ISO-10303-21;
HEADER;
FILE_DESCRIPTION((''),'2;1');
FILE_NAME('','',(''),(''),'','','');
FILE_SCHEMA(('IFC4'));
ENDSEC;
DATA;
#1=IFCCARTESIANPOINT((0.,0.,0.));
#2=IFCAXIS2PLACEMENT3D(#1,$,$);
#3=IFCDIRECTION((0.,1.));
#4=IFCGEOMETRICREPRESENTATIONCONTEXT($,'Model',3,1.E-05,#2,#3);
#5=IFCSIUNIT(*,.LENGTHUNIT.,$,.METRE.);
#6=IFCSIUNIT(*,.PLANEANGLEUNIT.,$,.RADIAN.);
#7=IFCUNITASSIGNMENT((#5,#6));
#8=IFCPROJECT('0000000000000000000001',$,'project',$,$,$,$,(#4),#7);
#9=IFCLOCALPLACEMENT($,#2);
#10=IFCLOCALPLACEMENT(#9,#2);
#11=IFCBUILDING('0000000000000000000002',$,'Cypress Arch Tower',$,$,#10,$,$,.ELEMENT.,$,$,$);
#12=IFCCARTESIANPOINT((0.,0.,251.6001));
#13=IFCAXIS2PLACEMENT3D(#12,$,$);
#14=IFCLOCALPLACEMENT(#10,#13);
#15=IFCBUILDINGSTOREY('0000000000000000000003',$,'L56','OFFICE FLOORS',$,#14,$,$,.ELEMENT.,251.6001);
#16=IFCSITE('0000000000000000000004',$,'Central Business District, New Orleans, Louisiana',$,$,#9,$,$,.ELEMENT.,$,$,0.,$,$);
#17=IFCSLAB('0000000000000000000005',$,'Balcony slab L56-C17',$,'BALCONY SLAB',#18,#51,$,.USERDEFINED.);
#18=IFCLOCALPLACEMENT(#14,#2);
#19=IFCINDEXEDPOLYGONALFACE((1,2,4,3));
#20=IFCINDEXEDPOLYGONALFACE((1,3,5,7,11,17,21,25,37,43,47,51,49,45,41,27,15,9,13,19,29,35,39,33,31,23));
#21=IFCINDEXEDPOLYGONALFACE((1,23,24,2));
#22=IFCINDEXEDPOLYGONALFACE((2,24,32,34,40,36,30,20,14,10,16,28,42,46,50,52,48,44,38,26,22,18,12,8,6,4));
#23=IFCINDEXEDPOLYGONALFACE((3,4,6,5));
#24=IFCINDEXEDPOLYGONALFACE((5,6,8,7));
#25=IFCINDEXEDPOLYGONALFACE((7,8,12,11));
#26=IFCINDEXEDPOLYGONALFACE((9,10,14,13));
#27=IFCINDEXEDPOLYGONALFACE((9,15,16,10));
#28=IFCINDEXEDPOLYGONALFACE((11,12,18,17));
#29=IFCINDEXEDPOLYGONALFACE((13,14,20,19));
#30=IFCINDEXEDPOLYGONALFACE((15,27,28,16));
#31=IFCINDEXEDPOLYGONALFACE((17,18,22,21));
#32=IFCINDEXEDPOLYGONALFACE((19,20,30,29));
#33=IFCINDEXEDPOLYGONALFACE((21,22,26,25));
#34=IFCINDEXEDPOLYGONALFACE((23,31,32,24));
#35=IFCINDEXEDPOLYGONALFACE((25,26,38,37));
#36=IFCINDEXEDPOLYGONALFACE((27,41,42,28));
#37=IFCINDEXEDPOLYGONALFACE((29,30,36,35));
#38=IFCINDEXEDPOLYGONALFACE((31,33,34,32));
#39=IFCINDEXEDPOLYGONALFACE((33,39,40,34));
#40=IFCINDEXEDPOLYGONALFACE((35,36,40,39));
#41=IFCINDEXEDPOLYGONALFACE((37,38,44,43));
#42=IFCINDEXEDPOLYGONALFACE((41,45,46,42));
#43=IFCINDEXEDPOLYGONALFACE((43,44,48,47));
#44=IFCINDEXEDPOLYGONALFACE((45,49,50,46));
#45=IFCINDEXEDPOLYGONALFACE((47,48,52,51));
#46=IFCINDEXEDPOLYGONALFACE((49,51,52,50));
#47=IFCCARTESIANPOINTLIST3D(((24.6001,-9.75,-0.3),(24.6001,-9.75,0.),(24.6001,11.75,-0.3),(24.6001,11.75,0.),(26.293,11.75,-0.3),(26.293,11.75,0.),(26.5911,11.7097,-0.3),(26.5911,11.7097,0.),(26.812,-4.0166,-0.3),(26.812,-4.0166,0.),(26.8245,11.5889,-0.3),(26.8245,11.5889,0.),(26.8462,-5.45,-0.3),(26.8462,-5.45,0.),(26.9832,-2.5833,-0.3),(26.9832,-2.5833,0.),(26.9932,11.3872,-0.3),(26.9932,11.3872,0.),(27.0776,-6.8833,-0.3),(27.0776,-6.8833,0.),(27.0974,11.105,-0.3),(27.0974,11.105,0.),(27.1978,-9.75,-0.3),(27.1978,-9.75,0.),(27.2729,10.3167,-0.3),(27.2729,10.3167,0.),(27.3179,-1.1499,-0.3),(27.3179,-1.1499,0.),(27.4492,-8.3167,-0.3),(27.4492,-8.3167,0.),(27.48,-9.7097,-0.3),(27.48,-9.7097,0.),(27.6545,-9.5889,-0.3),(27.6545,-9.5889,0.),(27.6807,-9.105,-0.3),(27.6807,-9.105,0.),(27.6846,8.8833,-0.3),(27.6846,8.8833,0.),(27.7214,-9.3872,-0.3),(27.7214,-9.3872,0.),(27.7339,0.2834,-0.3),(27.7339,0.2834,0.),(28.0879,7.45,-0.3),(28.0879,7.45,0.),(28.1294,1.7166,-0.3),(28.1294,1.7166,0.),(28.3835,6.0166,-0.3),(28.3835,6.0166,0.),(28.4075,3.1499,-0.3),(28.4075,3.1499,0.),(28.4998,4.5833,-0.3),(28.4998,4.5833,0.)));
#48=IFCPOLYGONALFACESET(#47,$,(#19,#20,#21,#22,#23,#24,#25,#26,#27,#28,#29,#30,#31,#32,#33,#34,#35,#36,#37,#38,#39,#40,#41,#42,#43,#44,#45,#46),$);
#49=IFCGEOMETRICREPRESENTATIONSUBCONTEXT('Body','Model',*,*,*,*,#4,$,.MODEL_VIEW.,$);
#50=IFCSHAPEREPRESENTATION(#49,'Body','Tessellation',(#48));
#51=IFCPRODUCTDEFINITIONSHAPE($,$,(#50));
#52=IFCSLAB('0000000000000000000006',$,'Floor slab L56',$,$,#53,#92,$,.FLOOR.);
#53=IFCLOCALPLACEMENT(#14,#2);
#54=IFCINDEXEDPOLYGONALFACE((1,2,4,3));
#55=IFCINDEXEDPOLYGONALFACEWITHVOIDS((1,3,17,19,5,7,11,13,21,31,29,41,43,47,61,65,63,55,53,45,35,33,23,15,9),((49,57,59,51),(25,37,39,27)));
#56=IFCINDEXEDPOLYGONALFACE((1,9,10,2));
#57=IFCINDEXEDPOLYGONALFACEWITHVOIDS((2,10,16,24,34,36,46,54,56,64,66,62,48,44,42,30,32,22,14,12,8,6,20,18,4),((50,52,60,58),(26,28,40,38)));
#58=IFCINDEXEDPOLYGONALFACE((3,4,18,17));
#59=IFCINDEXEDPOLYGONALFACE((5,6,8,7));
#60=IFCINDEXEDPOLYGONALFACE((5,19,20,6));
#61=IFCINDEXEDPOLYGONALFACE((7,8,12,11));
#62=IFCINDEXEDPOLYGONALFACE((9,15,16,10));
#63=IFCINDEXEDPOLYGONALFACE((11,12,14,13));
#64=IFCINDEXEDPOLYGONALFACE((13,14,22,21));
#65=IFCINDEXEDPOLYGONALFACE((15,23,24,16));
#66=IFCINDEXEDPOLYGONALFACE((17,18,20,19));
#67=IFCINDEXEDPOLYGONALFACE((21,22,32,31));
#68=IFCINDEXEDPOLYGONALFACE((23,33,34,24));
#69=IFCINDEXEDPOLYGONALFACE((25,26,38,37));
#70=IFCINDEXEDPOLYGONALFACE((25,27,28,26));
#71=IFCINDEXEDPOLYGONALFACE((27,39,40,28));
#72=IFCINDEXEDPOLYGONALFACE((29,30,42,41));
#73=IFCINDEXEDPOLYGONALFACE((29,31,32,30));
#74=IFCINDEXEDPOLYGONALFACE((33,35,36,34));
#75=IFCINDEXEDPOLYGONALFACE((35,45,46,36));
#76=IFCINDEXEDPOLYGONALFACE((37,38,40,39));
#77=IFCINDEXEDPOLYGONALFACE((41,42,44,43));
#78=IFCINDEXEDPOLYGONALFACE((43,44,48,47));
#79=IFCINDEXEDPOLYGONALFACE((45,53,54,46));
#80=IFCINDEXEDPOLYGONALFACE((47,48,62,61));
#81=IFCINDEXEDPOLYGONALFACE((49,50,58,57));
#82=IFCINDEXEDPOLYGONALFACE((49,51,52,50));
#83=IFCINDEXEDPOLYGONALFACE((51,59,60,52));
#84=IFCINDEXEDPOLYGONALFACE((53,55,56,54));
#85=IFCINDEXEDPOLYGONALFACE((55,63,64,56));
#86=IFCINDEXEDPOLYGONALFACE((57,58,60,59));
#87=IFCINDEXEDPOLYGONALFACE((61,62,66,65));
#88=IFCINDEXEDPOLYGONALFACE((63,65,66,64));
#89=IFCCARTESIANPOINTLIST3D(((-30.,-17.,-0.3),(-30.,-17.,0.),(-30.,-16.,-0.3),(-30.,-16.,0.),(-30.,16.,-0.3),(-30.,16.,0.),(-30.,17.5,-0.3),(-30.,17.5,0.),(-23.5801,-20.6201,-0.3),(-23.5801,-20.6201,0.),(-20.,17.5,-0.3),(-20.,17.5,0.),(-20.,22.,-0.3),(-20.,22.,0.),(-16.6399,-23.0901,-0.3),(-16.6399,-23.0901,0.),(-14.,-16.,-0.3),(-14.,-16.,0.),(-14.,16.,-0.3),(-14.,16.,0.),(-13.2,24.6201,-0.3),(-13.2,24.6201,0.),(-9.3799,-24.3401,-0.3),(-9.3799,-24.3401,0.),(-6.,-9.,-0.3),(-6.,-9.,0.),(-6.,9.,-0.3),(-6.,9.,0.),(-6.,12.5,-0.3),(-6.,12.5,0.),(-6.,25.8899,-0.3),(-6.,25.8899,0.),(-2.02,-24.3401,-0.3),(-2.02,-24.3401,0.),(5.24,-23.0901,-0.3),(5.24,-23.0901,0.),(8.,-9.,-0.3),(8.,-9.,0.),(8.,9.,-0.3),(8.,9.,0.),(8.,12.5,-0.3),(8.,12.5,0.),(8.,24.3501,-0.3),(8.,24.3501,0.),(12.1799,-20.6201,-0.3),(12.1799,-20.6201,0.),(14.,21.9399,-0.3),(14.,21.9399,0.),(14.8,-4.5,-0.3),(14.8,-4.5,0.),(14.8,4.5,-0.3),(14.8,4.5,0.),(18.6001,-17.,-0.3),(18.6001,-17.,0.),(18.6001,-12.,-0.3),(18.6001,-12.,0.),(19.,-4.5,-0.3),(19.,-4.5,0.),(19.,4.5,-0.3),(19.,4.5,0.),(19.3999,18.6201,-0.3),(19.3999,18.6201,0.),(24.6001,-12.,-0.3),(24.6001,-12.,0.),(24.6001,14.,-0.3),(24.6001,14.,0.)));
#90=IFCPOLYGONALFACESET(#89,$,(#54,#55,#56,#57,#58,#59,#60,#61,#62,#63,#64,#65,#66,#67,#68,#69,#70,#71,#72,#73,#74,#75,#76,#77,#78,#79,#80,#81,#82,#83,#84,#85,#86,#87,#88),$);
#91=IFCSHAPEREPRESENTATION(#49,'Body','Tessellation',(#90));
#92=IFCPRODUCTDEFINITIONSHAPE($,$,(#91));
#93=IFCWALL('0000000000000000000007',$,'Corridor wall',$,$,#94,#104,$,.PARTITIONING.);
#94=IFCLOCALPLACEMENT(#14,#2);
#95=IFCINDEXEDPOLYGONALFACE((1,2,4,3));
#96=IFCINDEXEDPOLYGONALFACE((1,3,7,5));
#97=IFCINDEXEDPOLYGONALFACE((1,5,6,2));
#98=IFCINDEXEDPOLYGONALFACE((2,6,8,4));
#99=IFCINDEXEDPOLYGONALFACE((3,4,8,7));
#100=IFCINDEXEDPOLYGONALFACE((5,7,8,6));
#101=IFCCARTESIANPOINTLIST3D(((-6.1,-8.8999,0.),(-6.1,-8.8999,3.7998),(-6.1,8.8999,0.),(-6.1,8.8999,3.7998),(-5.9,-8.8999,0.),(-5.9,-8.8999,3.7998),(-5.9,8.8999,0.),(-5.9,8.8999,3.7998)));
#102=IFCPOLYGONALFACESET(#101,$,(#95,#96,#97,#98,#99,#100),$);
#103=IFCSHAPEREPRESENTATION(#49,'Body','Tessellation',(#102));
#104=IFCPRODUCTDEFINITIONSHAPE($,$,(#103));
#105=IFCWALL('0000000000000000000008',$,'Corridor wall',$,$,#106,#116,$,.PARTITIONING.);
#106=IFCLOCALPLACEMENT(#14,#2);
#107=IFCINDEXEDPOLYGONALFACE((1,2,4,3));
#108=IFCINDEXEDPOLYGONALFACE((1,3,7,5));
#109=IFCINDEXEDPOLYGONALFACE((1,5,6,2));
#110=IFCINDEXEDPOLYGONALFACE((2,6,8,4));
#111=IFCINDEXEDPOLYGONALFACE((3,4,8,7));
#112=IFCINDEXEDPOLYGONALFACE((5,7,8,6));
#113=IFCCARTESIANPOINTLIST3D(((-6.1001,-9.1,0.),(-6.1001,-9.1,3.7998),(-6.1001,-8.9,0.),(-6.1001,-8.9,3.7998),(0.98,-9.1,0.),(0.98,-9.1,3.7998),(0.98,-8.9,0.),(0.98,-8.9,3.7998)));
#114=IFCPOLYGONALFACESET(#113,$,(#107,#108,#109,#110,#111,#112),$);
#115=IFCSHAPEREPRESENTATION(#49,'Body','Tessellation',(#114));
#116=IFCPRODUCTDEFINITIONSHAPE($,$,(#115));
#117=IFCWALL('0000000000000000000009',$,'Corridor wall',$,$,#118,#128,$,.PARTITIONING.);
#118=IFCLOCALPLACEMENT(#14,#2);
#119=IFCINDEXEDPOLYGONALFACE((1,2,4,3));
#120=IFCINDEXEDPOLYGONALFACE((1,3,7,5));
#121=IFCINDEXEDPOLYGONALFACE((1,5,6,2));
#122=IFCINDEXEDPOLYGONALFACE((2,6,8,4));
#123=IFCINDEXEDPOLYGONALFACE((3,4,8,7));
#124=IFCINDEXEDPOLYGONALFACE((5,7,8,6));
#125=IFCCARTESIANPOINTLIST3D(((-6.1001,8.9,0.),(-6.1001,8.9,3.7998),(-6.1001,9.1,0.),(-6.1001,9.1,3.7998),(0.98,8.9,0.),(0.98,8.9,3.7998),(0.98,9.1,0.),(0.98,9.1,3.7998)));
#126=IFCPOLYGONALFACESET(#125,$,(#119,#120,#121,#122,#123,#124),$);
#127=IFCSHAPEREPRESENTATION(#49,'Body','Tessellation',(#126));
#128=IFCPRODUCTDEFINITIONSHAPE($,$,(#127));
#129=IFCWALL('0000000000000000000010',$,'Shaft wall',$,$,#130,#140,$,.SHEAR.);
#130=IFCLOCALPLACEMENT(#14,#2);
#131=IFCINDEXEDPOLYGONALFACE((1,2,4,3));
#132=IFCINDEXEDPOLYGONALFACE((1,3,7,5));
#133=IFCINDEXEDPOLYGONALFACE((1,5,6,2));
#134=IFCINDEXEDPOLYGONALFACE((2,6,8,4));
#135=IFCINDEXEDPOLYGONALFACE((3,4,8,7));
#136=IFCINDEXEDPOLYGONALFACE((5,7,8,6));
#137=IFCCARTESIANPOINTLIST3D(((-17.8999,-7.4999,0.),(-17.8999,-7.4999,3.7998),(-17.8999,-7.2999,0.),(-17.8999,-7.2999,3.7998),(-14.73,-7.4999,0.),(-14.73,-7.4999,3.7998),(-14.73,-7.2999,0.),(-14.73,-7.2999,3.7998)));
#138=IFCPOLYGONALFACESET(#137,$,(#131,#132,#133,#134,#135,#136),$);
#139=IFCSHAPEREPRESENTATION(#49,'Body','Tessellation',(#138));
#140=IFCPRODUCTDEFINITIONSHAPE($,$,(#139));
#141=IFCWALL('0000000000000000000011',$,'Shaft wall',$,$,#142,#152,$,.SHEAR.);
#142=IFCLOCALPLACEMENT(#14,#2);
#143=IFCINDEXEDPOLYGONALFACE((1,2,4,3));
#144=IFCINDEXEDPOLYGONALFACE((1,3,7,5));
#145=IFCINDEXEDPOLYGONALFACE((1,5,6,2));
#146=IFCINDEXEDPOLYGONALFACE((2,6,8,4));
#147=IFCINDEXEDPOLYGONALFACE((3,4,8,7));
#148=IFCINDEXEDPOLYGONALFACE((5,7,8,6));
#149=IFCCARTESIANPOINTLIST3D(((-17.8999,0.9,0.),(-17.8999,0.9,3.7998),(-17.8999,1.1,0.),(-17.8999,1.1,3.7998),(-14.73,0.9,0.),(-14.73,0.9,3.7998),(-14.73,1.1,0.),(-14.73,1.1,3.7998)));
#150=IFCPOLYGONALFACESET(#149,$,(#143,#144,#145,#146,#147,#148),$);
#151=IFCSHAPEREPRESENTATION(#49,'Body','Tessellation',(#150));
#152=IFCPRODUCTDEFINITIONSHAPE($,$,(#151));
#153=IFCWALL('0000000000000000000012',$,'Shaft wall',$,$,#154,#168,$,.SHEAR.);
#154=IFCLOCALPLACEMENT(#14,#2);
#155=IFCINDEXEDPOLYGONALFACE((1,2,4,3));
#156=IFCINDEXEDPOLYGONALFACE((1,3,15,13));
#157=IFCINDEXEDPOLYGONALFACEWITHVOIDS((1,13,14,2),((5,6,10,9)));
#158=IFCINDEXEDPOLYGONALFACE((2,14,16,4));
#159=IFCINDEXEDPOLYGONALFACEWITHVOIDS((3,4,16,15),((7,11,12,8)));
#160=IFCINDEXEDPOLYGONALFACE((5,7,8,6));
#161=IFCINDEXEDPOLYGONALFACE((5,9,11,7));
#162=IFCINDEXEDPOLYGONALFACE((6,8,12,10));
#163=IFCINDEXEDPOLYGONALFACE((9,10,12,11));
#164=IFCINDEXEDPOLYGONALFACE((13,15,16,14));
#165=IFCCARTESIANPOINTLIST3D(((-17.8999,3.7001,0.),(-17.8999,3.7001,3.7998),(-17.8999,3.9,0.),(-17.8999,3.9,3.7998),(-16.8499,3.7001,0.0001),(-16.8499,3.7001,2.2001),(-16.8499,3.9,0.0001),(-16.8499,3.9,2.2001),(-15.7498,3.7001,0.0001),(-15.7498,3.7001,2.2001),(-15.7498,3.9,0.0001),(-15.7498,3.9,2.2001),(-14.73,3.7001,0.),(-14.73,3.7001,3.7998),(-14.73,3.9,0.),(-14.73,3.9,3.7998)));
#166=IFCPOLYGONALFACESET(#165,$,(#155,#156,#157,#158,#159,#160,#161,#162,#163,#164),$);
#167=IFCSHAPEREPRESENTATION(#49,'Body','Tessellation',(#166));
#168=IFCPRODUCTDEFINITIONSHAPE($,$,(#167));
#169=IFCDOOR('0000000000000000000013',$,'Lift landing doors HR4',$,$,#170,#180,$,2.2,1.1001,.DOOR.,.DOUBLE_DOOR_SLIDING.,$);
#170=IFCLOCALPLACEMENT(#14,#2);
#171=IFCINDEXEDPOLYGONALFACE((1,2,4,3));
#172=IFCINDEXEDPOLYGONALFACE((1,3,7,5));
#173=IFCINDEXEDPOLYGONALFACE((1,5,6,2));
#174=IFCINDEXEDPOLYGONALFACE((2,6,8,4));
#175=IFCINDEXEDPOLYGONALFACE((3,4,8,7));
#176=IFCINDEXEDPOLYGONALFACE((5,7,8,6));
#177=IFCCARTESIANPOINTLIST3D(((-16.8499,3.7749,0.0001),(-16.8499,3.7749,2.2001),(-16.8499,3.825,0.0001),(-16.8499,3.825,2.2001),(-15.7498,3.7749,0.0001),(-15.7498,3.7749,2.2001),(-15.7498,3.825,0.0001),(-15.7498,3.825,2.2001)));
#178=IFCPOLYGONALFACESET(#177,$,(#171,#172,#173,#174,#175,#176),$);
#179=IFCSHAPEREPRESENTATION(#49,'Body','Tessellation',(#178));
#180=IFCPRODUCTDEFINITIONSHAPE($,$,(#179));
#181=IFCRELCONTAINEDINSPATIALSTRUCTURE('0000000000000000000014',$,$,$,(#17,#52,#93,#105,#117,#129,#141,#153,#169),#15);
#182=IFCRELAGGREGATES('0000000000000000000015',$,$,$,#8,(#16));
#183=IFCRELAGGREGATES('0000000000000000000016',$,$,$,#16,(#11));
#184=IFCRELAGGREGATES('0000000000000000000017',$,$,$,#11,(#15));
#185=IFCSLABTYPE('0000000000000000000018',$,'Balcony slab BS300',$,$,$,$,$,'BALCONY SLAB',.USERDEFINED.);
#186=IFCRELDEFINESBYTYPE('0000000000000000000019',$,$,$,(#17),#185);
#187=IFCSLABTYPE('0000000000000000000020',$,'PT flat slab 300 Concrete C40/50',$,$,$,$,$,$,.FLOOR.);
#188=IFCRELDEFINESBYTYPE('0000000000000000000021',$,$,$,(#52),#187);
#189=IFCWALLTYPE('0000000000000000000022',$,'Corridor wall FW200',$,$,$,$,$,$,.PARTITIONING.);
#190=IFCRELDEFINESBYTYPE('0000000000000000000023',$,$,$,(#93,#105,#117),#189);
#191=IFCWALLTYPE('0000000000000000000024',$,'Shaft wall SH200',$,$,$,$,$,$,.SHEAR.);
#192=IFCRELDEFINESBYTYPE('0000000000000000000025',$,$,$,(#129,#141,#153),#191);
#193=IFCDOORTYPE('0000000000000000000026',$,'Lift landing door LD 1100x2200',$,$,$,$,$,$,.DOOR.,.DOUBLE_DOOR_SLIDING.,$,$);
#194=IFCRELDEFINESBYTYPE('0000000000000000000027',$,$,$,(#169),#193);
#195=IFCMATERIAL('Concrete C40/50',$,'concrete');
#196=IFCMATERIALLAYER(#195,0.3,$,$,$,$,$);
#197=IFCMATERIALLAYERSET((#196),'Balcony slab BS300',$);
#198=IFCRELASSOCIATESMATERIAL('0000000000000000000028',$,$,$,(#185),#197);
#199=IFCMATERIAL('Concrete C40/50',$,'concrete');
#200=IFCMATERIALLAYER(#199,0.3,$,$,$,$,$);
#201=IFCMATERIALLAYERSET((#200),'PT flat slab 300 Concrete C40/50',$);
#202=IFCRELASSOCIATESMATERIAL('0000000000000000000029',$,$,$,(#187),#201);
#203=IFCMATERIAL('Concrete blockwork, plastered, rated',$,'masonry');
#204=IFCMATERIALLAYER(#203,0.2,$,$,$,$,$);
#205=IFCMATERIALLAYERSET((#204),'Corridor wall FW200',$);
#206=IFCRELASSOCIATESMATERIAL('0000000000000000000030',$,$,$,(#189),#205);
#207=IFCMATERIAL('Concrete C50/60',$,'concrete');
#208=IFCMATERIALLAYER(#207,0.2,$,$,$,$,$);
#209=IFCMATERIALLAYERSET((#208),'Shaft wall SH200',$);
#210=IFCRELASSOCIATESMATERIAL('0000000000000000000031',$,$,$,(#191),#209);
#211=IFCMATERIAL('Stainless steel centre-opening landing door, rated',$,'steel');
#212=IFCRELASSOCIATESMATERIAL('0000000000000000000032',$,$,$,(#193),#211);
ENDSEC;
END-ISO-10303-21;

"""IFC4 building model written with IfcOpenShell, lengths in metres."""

from ifc_helpers import new_model, si_unit, direction, frame, frame_2d, origin, place, context, subcontext, project, spatial, polyline, rectangle, outline, extrude, material, layer, layer_set, type_object, element, fill, save


model = new_model("IFC4")

# Units and contexts
model_context = context("Model", 3, precision=1e-05, world=origin(), true_north=direction((0.0, 1.0)))
body_context = subcontext(model_context, "Body", "Model", "MODEL_VIEW")
ifc_project = project(units=[si_unit("LENGTHUNIT", "METRE"), si_unit("PLANEANGLEUNIT", "RADIAN")], contexts=[model_context])

# Site, building, storey
site_placement = place(None, origin())
site = spatial("IfcSite", under=ifc_project, at=site_placement, Name="Central Business District, New Orleans, Louisiana", CompositionType="ELEMENT", RefElevation=0.0)
building_placement = place(site_placement, origin())
building = spatial("IfcBuilding", under=site, at=building_placement, Name="Cypress Arch Tower", CompositionType="ELEMENT")
storey_placement = place(building_placement, frame((0.0, 0.0, 251.6001)))
storey = spatial("IfcBuildingStorey", under=building, at=storey_placement, Name="L56", Description="OFFICE FLOORS", CompositionType="ELEMENT", Elevation=251.6001)

# Slabs
ifc_material_1 = material(Name="Concrete C40/50", Category="concrete")
ifc_layer_1 = layer(ifc_material_1, 0.3)
ifc_layer_set_1 = layer_set([ifc_layer_1], Name="Balcony slab BS300")
slab_type_1 = type_object("IfcSlabType", Name="Balcony slab BS300", ElementType="BALCONY SLAB", PredefinedType="USERDEFINED", material=ifc_layer_set_1)
slab_1_placement = place(storey_placement, frame((0.0, 0.0, -0.3)))
element("IfcSlab", 1, at=slab_1_placement, inside=storey, type_object=slab_type_1, Name="Balcony slab L56-C17", ObjectType="BALCONY SLAB", PredefinedType="USERDEFINED", context=body_context, shape_type="SweptSolid", body=[
    extrude(outline(polyline([(24.6001, -9.75), (27.1978, -9.75), (27.48, -9.7097), (27.6545, -9.5889), (27.7214, -9.3872), (27.6807, -9.105), (27.4492, -8.3167), (27.0776, -6.8833), (26.8462, -5.45), (26.812, -4.0166), (26.9832, -2.5833), (27.3179, -1.1499), (27.7339, 0.2834), (28.1294, 1.7166), (28.4075, 3.1499), (28.4998, 4.5833), (28.3835, 6.0166), (28.0879, 7.45), (27.6846, 8.8833), (27.2729, 10.3167), (27.0974, 11.105), (26.9932, 11.3872), (26.8245, 11.5889), (26.5911, 11.7097), (26.293, 11.75), (24.6001, 11.75), (24.6001, -9.75)])), origin(), (0.0, 0.0, 1.0), 0.3),
])
ifc_material_2 = material(Name="Concrete C40/50", Category="concrete")
ifc_layer_2 = layer(ifc_material_2, 0.3)
ifc_layer_set_2 = layer_set([ifc_layer_2], Name="PT flat slab 300 Concrete C40/50")
slab_type_2 = type_object("IfcSlabType", Name="PT flat slab 300 Concrete C40/50", PredefinedType="FLOOR", material=ifc_layer_set_2)
slab_2_placement = place(storey_placement, frame((0.0, 0.0, -0.3)))
element("IfcSlab", 2, at=slab_2_placement, inside=storey, type_object=slab_type_2, Name="Floor slab L56", PredefinedType="FLOOR", context=body_context, shape_type="SweptSolid", body=[
    extrude(outline(polyline([(-30.0, 17.5), (-20.0, 17.5), (-20.0, 22.0), (-13.2, 24.6201), (-6.0, 25.8899), (-6.0, 12.5), (8.0, 12.5), (8.0, 24.3501), (14.0, 21.9399), (19.3999, 18.6201), (24.6001, 14.0), (24.6001, -12.0), (18.6001, -12.0), (18.6001, -17.0), (12.1799, -20.6201), (5.24, -23.0901), (-2.02, -24.3401), (-9.3799, -24.3401), (-16.6399, -23.0901), (-23.5801, -20.6201), (-30.0, -17.0), (-30.0, -16.0), (-14.0, -16.0), (-14.0, 16.0), (-30.0, 16.0), (-30.0, 17.5)]), holes=[polyline([(-6.0, -9.0), (8.0, -9.0), (8.0, 9.0), (-6.0, 9.0), (-6.0, -9.0)]), polyline([(14.8, -4.5), (19.0, -4.5), (19.0, 4.5), (14.8, 4.5), (14.8, -4.5)])]), origin(), (0.0, 0.0, 1.0), 0.3),
])

# Walls
ifc_material_3 = material(Name="Concrete blockwork, plastered, rated", Category="masonry")
ifc_layer_3 = layer(ifc_material_3, 0.2)
ifc_layer_set_3 = layer_set([ifc_layer_3], Name="Corridor wall FW200")
wall_type_1 = type_object("IfcWallType", Name="Corridor wall FW200", PredefinedType="PARTITIONING", material=ifc_layer_set_3)
wall_1_placement = place(storey_placement, frame((-6.0, -8.8999, 0.0), z_axis=(0.0, 0.0, 1.0), x_axis=(0.0, 1.0, 0.0)))
element("IfcWall", 3, at=wall_1_placement, inside=storey, type_object=wall_type_1, Name="Corridor wall", PredefinedType="PARTITIONING", context=body_context, shape_type="SweptSolid", body=[
    extrude(rectangle(XDim=17.7998, YDim=0.2, at=frame_2d((8.8999, 0.0))), origin(), (0.0, 0.0, 1.0), 3.7998),
])
for number, where, z_axis, x_axis, name in (
    (4, (-6.1001, -9.0, 0.0), (0.0, 0.0, 1.0), (1.0, 0.0, 0.0), "Corridor wall"),
    (5, (-6.1001, 9.0, 0.0), (0.0, 0.0, 1.0), (1.0, 0.0, 0.0), "Corridor wall"),
):
    element("IfcWall", number, at=place(storey_placement, frame(where, z_axis=z_axis, x_axis=x_axis)), inside=storey, type_object=wall_type_1, Name=name, PredefinedType="PARTITIONING", context=body_context, shape_type="SweptSolid", body=[
        extrude(rectangle(XDim=7.0801, YDim=0.2, at=frame_2d((3.54, 0.0))), origin(), (0.0, 0.0, 1.0), 3.7998),
    ])
ifc_material_4 = material(Name="Concrete C50/60", Category="concrete")
ifc_layer_4 = layer(ifc_material_4, 0.2)
ifc_layer_set_4 = layer_set([ifc_layer_4], Name="Shaft wall SH200")
wall_type_2 = type_object("IfcWallType", Name="Shaft wall SH200", PredefinedType="SHEAR", material=ifc_layer_set_4)
for number, where, z_axis, x_axis, name in (
    (6, (-17.8999, -7.3999, 0.0), (0.0, 0.0, 1.0), (1.0, 0.0, 0.0), "Shaft wall"),
    (7, (-17.8999, 1.0, 0.0), (0.0, 0.0, 1.0), (1.0, 0.0, 0.0), "Shaft wall"),
):
    element("IfcWall", number, at=place(storey_placement, frame(where, z_axis=z_axis, x_axis=x_axis)), inside=storey, type_object=wall_type_2, Name=name, PredefinedType="SHEAR", context=body_context, shape_type="SweptSolid", body=[
        extrude(rectangle(XDim=3.1699, YDim=0.2, at=frame_2d((1.585, 0.0))), origin(), (0.0, 0.0, 1.0), 3.7998),
    ])

# Wall, opening, door
wall_2_placement = place(storey_placement, frame((-17.8999, 3.8, 0.0), z_axis=(0.0, 0.0, 1.0), x_axis=(1.0, 0.0, 0.0)))
wall_2 = element("IfcWall", 8, at=wall_2_placement, inside=storey, type_object=wall_type_2, Name="Shaft wall", PredefinedType="SHEAR", context=body_context, shape_type="SweptSolid", body=[
    extrude(rectangle(XDim=3.1699, YDim=0.2, at=frame_2d((1.585, 0.0))), origin(), (0.0, 0.0, 1.0), 3.7998),
])
opening_placement = place(wall_2_placement, frame((1.05, 0.0, 0.0)))
opening = element("IfcOpeningElement", 9, at=opening_placement, cuts=wall_2, PredefinedType="OPENING", context=body_context, shape_type="SweptSolid", body=[
    extrude(rectangle(XDim=1.1001, YDim=2.2, at=frame_2d((0.55, 1.1001))), frame((0.0, 0.1099, 0.0), z_axis=(0.0, -1.0, 0.0), x_axis=(1.0, 0.0, 0.0)), (0.0, 0.0, 1.0), 0.22),
])
ifc_material_5 = material(Name="Stainless steel centre-opening landing door, rated", Category="steel")
door_type = type_object("IfcDoorType", Name="Lift landing door LD 1100x2200", OperationType="DOUBLE_DOOR_SLIDING", PredefinedType="DOOR", material=ifc_material_5)
door_placement = place(opening_placement, origin())
door = element("IfcDoor", 10, at=door_placement, inside=storey, type_object=door_type, Name="Lift landing doors HR4", OperationType="DOUBLE_DOOR_SLIDING", OverallHeight=2.2, OverallWidth=1.1001, PredefinedType="DOOR", context=body_context, shape_type="SweptSolid", body=[
    extrude(rectangle(XDim=1.1001, YDim=2.2, at=frame_2d((0.55, 1.1001))), frame((0.0, 0.0249, 0.0), z_axis=(0.0, -1.0, 0.0), x_axis=(1.0, 0.0, 0.0)), (0.0, 0.0, 1.0), 0.05),
])
fill(opening, door)

save(model, "model.ifc")
